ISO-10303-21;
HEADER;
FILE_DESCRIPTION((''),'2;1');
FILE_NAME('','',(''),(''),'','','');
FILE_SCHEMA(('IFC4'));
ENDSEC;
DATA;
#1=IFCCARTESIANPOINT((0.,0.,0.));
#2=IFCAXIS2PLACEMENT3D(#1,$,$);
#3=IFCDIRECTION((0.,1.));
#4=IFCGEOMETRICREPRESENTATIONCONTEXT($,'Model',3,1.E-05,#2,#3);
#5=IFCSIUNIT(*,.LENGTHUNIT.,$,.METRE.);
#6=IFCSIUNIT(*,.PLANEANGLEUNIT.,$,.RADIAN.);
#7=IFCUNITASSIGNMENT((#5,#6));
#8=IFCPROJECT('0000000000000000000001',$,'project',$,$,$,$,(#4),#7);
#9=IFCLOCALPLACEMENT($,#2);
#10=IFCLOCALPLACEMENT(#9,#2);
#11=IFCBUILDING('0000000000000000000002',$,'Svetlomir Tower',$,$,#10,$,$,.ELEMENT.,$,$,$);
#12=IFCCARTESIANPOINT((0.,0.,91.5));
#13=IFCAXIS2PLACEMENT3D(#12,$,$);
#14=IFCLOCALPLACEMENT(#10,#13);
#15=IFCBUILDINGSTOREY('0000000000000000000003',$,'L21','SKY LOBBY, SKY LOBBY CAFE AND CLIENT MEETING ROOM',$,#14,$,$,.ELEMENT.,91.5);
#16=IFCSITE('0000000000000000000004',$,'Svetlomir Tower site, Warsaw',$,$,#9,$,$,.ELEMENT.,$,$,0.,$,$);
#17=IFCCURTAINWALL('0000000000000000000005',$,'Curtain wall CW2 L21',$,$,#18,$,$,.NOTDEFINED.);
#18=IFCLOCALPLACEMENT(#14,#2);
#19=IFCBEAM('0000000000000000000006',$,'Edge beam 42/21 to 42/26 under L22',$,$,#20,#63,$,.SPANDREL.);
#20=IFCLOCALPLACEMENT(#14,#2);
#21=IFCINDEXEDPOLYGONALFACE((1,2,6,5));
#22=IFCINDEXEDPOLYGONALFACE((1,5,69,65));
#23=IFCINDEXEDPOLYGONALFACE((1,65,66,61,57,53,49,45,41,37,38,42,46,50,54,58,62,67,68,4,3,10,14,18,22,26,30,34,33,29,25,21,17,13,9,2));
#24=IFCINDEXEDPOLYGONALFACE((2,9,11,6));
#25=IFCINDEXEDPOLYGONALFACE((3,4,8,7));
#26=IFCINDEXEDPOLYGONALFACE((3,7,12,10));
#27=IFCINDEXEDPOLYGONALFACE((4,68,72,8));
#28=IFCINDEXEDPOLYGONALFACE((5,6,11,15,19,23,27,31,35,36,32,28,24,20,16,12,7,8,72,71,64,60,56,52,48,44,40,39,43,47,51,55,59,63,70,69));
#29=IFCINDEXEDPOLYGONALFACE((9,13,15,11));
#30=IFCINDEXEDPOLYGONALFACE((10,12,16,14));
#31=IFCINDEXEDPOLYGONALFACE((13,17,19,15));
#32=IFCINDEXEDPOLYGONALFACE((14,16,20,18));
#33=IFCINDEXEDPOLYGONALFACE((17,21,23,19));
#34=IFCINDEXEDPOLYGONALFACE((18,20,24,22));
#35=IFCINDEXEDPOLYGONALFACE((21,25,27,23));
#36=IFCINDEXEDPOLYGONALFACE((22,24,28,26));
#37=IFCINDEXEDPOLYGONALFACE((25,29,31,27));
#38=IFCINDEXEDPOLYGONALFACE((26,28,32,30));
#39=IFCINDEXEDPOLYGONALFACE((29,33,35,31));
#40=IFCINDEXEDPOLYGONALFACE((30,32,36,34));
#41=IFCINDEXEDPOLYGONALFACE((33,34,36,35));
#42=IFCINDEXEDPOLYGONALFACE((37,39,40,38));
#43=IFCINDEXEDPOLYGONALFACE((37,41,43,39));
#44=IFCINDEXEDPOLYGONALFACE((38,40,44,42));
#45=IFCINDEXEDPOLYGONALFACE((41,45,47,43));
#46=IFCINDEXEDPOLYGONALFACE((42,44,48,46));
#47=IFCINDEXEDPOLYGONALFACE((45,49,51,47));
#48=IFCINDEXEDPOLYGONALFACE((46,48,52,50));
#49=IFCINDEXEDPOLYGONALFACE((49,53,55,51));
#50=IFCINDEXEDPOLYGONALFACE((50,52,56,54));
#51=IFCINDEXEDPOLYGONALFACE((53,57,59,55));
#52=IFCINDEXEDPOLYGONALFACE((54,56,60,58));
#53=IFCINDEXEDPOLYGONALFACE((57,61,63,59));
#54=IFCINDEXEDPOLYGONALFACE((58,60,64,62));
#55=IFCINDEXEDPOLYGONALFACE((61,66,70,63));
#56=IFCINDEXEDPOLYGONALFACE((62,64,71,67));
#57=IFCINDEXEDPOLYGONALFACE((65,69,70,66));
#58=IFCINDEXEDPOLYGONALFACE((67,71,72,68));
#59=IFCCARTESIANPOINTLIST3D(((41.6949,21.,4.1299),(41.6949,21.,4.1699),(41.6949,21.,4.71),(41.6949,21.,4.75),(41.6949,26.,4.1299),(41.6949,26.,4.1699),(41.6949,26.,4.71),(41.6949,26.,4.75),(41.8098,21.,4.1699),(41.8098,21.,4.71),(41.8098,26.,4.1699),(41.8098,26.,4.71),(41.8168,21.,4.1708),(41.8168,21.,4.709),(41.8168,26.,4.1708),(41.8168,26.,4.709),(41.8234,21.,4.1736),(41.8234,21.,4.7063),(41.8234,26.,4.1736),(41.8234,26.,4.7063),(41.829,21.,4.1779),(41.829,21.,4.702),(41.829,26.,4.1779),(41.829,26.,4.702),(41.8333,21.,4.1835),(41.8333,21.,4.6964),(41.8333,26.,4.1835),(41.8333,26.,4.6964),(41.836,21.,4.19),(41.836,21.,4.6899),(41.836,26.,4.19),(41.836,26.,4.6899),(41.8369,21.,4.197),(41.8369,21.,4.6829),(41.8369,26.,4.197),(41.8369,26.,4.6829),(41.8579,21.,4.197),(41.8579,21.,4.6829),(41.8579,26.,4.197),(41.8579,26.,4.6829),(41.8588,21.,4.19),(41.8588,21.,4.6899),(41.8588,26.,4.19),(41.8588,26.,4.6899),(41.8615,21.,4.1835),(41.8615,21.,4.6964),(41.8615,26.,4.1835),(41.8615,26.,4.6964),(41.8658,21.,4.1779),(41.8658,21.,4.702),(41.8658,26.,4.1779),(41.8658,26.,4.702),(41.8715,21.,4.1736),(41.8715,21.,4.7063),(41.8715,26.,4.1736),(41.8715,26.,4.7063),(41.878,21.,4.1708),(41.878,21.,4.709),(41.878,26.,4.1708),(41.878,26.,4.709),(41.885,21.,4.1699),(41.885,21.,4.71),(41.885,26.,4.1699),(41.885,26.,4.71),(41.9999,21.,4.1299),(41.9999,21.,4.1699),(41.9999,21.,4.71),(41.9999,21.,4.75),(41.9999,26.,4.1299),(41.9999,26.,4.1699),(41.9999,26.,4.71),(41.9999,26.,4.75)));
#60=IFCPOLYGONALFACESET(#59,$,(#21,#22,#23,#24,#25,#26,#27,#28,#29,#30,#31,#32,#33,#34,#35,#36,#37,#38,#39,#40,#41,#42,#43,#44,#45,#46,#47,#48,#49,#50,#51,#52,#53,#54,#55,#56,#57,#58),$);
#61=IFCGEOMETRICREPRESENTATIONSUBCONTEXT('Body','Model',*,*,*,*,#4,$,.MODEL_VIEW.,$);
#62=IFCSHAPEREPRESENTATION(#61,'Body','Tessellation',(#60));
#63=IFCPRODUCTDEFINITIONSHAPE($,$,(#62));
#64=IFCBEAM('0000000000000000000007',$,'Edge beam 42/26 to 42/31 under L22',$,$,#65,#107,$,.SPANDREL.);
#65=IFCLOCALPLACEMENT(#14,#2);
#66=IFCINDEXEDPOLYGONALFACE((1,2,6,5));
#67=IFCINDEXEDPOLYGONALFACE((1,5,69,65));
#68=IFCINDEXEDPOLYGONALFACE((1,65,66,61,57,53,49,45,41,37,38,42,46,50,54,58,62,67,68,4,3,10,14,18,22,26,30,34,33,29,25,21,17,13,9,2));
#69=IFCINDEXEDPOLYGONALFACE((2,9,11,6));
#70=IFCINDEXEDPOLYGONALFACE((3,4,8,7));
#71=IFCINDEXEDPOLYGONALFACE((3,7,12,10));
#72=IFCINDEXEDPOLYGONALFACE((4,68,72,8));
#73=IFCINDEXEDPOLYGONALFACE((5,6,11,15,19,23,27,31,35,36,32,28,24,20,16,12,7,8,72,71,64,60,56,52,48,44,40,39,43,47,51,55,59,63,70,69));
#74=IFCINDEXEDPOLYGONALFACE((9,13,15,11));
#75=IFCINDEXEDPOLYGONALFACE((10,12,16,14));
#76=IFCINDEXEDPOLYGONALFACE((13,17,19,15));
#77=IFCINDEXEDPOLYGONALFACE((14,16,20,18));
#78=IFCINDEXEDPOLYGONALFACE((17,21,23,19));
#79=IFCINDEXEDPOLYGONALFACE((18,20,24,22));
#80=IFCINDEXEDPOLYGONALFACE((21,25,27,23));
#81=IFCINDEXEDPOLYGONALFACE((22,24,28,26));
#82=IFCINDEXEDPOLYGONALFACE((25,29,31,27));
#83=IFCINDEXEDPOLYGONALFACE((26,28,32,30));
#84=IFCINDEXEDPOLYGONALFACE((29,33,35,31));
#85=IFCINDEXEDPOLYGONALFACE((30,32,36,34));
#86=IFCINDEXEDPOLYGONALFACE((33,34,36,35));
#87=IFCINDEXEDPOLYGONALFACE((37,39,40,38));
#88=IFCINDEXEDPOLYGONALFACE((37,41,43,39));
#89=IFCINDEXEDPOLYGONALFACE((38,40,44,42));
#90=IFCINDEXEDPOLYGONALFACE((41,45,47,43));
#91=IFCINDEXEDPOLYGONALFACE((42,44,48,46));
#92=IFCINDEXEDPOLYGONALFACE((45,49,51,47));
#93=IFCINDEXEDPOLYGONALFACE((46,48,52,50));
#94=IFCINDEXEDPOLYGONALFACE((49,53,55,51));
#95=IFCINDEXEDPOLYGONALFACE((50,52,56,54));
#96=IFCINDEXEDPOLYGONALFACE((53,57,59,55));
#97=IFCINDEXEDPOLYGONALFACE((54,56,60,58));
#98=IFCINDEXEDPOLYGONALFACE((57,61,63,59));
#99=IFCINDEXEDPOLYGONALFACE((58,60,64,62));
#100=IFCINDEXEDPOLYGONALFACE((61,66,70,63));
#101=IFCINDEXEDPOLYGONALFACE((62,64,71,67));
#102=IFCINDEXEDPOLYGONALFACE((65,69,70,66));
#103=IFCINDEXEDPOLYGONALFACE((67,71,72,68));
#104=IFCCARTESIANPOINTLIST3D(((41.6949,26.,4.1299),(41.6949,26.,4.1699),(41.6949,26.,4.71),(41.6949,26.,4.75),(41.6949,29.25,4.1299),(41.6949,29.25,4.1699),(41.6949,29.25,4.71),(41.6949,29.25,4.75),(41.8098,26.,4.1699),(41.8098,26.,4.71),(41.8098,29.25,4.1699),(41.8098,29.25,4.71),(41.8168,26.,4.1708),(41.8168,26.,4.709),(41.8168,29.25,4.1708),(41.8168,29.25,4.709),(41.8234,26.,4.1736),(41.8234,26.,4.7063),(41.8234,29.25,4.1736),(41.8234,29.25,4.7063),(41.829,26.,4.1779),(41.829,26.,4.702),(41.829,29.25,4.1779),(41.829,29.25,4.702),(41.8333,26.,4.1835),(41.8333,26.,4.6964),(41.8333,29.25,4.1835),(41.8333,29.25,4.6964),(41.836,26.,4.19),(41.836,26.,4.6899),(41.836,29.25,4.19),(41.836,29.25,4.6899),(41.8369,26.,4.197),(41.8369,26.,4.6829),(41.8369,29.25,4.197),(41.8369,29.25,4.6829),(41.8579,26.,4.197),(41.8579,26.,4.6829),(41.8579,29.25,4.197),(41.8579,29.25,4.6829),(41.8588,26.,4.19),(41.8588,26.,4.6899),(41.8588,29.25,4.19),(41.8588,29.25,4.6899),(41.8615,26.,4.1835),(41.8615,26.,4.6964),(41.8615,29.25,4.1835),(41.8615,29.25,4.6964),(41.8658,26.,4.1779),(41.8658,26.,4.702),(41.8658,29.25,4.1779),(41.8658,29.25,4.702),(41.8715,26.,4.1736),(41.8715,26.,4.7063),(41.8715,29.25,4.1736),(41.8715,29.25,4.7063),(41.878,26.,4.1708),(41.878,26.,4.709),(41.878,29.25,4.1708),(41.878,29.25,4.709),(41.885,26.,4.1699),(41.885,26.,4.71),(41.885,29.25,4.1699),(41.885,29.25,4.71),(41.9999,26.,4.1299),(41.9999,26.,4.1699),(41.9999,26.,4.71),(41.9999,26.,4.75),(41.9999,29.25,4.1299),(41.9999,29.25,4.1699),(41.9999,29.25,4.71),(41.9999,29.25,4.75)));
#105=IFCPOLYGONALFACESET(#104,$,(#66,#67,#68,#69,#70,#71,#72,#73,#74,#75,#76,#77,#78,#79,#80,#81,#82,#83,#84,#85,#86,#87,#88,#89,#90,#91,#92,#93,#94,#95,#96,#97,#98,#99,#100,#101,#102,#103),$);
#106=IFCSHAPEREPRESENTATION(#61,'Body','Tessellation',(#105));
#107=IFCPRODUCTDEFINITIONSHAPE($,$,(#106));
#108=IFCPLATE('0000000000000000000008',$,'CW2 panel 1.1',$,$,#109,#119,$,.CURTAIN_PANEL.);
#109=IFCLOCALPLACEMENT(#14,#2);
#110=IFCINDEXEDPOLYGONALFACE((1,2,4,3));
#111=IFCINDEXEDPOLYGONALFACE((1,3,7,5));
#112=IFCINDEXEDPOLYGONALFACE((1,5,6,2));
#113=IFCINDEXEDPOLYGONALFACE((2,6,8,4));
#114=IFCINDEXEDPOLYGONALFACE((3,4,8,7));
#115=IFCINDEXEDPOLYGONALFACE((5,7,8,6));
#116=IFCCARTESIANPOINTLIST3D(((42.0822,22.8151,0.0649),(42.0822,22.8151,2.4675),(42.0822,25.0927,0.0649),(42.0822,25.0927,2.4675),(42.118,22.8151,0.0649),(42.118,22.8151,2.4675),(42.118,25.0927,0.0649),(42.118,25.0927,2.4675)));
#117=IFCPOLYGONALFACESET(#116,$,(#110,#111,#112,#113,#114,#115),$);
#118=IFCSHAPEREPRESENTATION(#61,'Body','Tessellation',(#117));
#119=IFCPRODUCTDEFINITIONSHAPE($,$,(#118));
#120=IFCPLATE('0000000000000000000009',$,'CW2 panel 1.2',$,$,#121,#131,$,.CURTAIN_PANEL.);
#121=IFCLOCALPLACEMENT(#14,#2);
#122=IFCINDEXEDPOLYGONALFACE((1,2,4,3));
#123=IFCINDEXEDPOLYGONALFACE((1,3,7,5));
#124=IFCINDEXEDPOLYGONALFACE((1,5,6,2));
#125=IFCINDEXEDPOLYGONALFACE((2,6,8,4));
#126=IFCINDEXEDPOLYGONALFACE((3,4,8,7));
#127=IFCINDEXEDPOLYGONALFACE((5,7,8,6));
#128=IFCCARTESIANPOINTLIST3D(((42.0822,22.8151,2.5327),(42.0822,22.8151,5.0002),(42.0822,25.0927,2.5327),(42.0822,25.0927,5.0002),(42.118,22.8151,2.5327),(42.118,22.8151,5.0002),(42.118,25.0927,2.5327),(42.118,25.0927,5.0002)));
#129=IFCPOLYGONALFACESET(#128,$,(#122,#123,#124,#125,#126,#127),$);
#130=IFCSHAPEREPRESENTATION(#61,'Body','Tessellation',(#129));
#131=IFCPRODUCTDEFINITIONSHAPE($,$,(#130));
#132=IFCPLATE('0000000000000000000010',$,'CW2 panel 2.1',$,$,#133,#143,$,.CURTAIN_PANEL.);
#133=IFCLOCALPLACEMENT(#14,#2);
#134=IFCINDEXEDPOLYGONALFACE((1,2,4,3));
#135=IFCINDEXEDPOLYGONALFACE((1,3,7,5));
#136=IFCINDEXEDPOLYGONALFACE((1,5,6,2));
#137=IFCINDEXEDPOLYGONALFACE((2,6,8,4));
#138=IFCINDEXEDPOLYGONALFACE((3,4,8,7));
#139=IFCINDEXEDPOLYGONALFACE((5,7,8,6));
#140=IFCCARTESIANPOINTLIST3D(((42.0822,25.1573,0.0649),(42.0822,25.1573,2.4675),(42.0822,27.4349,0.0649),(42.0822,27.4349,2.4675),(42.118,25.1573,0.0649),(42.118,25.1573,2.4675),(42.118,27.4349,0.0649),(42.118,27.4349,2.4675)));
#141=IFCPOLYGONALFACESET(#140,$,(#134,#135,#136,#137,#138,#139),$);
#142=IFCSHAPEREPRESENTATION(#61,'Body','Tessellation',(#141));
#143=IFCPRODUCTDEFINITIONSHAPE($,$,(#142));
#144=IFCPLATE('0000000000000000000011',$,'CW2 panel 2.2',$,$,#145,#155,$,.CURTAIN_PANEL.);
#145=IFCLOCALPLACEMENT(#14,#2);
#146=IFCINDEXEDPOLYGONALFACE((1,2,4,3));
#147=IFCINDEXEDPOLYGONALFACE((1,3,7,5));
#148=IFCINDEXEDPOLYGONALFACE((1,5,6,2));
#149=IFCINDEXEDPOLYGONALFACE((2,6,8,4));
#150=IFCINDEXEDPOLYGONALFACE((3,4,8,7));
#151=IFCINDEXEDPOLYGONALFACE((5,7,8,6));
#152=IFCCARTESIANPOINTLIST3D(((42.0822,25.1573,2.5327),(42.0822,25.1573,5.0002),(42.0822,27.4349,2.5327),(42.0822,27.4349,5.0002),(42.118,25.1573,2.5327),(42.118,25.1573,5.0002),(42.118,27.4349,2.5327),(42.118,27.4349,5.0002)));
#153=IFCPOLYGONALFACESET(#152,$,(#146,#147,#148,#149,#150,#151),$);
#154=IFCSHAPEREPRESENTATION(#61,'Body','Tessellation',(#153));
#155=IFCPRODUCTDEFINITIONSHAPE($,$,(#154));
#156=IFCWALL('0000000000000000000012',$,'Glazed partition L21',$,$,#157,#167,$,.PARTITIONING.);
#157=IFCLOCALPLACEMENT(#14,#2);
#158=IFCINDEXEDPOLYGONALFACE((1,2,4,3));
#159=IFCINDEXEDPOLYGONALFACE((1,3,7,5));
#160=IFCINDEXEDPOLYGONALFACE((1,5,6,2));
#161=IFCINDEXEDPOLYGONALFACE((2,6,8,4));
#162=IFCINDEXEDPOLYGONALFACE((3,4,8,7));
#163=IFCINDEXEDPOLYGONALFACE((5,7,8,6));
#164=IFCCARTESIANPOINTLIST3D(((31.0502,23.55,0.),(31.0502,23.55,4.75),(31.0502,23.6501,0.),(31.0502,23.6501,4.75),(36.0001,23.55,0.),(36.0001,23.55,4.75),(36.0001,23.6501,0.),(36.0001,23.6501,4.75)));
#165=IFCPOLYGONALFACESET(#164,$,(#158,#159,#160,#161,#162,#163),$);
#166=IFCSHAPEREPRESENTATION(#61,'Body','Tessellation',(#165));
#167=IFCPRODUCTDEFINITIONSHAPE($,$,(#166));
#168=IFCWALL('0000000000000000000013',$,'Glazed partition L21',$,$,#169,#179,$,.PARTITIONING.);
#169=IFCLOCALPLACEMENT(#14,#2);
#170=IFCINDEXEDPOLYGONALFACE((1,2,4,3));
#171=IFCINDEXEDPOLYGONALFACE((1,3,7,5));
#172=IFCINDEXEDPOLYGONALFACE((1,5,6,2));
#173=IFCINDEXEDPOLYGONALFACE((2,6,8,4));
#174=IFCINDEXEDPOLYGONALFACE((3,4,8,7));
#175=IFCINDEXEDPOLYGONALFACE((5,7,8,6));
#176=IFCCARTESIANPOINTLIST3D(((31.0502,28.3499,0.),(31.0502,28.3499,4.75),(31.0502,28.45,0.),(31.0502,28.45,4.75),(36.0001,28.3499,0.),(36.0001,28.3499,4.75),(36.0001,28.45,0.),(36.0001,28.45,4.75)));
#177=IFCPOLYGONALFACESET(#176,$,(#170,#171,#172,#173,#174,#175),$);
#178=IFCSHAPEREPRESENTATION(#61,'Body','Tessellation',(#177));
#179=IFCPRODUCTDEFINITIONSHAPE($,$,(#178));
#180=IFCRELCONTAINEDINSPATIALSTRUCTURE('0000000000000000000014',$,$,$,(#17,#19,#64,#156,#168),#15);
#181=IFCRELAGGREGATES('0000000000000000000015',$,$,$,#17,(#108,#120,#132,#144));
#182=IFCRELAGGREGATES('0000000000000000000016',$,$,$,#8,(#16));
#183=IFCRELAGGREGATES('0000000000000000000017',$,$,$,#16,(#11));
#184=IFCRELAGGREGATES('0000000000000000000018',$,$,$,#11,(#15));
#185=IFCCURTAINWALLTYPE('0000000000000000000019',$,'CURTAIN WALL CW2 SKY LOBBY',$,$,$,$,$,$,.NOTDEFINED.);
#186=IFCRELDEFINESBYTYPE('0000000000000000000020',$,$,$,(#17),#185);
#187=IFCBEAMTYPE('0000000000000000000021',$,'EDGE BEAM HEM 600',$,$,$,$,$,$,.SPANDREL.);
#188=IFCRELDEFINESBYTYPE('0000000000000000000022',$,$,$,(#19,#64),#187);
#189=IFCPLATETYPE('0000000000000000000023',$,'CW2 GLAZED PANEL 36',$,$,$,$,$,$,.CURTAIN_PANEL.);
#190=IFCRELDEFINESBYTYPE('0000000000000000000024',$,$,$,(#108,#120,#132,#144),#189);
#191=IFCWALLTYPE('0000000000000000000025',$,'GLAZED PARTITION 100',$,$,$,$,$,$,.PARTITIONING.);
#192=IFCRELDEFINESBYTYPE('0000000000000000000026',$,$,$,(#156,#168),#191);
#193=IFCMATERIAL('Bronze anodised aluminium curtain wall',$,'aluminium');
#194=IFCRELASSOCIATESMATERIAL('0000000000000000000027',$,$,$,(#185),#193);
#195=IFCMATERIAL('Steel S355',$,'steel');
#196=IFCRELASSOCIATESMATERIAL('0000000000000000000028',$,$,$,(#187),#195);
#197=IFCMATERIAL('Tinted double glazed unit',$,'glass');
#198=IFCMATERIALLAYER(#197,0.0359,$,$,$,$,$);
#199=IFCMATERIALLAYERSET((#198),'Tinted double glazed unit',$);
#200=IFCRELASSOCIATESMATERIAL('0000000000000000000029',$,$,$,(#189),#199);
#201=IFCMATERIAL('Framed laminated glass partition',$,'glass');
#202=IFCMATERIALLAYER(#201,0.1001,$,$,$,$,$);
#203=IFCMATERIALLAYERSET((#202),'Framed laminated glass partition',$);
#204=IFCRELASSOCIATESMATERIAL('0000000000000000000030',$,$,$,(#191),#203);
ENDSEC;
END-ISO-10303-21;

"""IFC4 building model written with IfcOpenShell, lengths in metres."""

from ifc_helpers import new_model, si_unit, direction, frame, frame_2d, origin, origin_2d, place, context, subcontext, project, spatial, rectangle, i_section, extrude, material, layer, layer_set, material_profile, profile_set, type_object, element, aggregate, save


model = new_model("IFC4")

# Units and contexts
model_context = context("Model", 3, precision=1e-05, world=origin(), true_north=direction((0.0, 1.0)))
body_context = subcontext(model_context, "Body", "Model", "MODEL_VIEW")
ifc_project = project(units=[si_unit("LENGTHUNIT", "METRE"), si_unit("PLANEANGLEUNIT", "RADIAN")], contexts=[model_context])

# Site, building, storey
site_placement = place(None, origin())
site = spatial("IfcSite", under=ifc_project, at=site_placement, Name="Svetlomir Tower site, Warsaw", CompositionType="ELEMENT", RefElevation=0.0)
building_placement = place(site_placement, origin())
building = spatial("IfcBuilding", under=site, at=building_placement, Name="Svetlomir Tower", CompositionType="ELEMENT")
storey_placement = place(building_placement, frame((0.0, 0.0, 91.5)))
storey = spatial("IfcBuildingStorey", under=building, at=storey_placement, Name="L21", Description="SKY LOBBY, SKY LOBBY CAFE AND CLIENT MEETING ROOM", CompositionType="ELEMENT", Elevation=91.5)

# Curtain wall
ifc_material_1 = material(Name="Bronze anodised aluminium curtain wall", Category="aluminium")
curtain_wall_type = type_object("IfcCurtainWallType", Name="CURTAIN WALL CW2 SKY LOBBY", PredefinedType="NOTDEFINED", material=ifc_material_1)
curtain_wall_1_placement = place(storey_placement, origin())
curtain_wall_1 = element("IfcCurtainWall", 1, at=curtain_wall_1_placement, inside=storey, type_object=curtain_wall_type, Name="Curtain wall CW2 L21", PredefinedType="NOTDEFINED")

# Beams
ifc_material_2 = material(Name="Steel S355", Category="steel")
ifc_material_profile_1 = material_profile(ifc_material_2, i_section(OverallWidth=0.3049, OverallDepth=0.6201, WebThickness=0.021, FlangeThickness=0.04, FilletRadius=0.0271, at=origin_2d()), Name="HEM 600")
ifc_profile_set_1 = profile_set([ifc_material_profile_1], Name="Steel S355")
beam_type = type_object("IfcBeamType", Name="EDGE BEAM HEM 600", PredefinedType="SPANDREL", material=ifc_profile_set_1)
beam_1_placement = place(storey_placement, frame((41.8474, 21.0, 4.4399), z_axis=(0.0, 1.0, 0.0), x_axis=(-1.0, 0.0, 0.0)))
element("IfcBeam", 2, at=beam_1_placement, inside=storey, type_object=beam_type, Name="Edge beam 42/21 to 42/26 under L22", PredefinedType="SPANDREL", context=body_context, shape_type="SweptSolid", body=[
    extrude(i_section(OverallWidth=0.3049, OverallDepth=0.6201, WebThickness=0.021, FlangeThickness=0.04, FilletRadius=0.0271, at=origin_2d()), origin(), (0.0, 0.0, 1.0), 5.0),
])
beam_2_placement = place(storey_placement, frame((41.8474, 26.0, 4.4399), z_axis=(0.0, 1.0, 0.0), x_axis=(-1.0, 0.0, 0.0)))
element("IfcBeam", 3, at=beam_2_placement, inside=storey, type_object=beam_type, Name="Edge beam 42/26 to 42/31 under L22", PredefinedType="SPANDREL", context=body_context, shape_type="SweptSolid", body=[
    extrude(i_section(OverallWidth=0.3049, OverallDepth=0.6201, WebThickness=0.021, FlangeThickness=0.04, FilletRadius=0.0271, at=origin_2d()), origin(), (0.0, 0.0, 1.0), 3.25),
])

# Plates
ifc_material_3 = material(Name="Tinted double glazed unit", Category="glass")
ifc_layer_1 = layer(ifc_material_3, 0.0359)
ifc_layer_set_1 = layer_set([ifc_layer_1], Name="Tinted double glazed unit")
plate_type = type_object("IfcPlateType", Name="CW2 GLAZED PANEL 36", PredefinedType="CURTAIN_PANEL", material=ifc_layer_set_1)
plate_1_placement = place(storey_placement, frame((42.1001, 23.9539, 0.0649), z_axis=(0.0, 0.0, 1.0), x_axis=(0.0, 1.0, 0.0)))
plate_1 = element("IfcPlate", 4, at=plate_1_placement, type_object=plate_type, Name="CW2 panel 1.1", PredefinedType="CURTAIN_PANEL", context=body_context, shape_type="SweptSolid", body=[
    extrude(rectangle(XDim=2.2776, YDim=0.0359, at=origin_2d()), origin(), (0.0, 0.0, 1.0), 2.4026),
])
plate_2_placement = place(storey_placement, frame((42.1001, 23.9539, 2.5327), z_axis=(0.0, 0.0, 1.0), x_axis=(0.0, 1.0, 0.0)))
plate_2 = element("IfcPlate", 5, at=plate_2_placement, type_object=plate_type, Name="CW2 panel 1.2", PredefinedType="CURTAIN_PANEL", context=body_context, shape_type="SweptSolid", body=[
    extrude(rectangle(XDim=2.2776, YDim=0.0359, at=origin_2d()), origin(), (0.0, 0.0, 1.0), 2.4675),
])
plate_3_placement = place(storey_placement, frame((42.1001, 26.2961, 0.0649), z_axis=(0.0, 0.0, 1.0), x_axis=(0.0, 1.0, 0.0)))
plate_3 = element("IfcPlate", 6, at=plate_3_placement, type_object=plate_type, Name="CW2 panel 2.1", PredefinedType="CURTAIN_PANEL", context=body_context, shape_type="SweptSolid", body=[
    extrude(rectangle(XDim=2.2776, YDim=0.0359, at=origin_2d()), origin(), (0.0, 0.0, 1.0), 2.4026),
])
plate_4_placement = place(storey_placement, frame((42.1001, 26.2961, 2.5327), z_axis=(0.0, 0.0, 1.0), x_axis=(0.0, 1.0, 0.0)))
plate_4 = element("IfcPlate", 7, at=plate_4_placement, type_object=plate_type, Name="CW2 panel 2.2", PredefinedType="CURTAIN_PANEL", context=body_context, shape_type="SweptSolid", body=[
    extrude(rectangle(XDim=2.2776, YDim=0.0359, at=origin_2d()), origin(), (0.0, 0.0, 1.0), 2.4675),
])
aggregate(curtain_wall_1, [plate_1, plate_2, plate_3, plate_4])

# Walls
ifc_material_4 = material(Name="Framed laminated glass partition", Category="glass")
ifc_layer_2 = layer(ifc_material_4, 0.1001)
ifc_layer_set_2 = layer_set([ifc_layer_2], Name="Framed laminated glass partition")
wall_type = type_object("IfcWallType", Name="GLAZED PARTITION 100", PredefinedType="PARTITIONING", material=ifc_layer_set_2)
for number, where, z_axis, x_axis, name in (
    (8, (31.05, 23.6001, 0.0), (0.0, 0.0, 1.0), (1.0, 0.0, 0.0), "Glazed partition L21"),
    (9, (31.05, 28.3999, 0.0), (0.0, 0.0, 1.0), (1.0, 0.0, 0.0), "Glazed partition L21"),
):
    element("IfcWall", number, at=place(storey_placement, frame(where, z_axis=z_axis, x_axis=x_axis)), inside=storey, type_object=wall_type, Name=name, PredefinedType="PARTITIONING", context=body_context, shape_type="SweptSolid", body=[
        extrude(rectangle(XDim=4.95, YDim=0.1001, at=frame_2d((2.4751, 0.0))), origin(), (0.0, 0.0, 1.0), 4.75),
    ])

save(model, "model.ifc")
